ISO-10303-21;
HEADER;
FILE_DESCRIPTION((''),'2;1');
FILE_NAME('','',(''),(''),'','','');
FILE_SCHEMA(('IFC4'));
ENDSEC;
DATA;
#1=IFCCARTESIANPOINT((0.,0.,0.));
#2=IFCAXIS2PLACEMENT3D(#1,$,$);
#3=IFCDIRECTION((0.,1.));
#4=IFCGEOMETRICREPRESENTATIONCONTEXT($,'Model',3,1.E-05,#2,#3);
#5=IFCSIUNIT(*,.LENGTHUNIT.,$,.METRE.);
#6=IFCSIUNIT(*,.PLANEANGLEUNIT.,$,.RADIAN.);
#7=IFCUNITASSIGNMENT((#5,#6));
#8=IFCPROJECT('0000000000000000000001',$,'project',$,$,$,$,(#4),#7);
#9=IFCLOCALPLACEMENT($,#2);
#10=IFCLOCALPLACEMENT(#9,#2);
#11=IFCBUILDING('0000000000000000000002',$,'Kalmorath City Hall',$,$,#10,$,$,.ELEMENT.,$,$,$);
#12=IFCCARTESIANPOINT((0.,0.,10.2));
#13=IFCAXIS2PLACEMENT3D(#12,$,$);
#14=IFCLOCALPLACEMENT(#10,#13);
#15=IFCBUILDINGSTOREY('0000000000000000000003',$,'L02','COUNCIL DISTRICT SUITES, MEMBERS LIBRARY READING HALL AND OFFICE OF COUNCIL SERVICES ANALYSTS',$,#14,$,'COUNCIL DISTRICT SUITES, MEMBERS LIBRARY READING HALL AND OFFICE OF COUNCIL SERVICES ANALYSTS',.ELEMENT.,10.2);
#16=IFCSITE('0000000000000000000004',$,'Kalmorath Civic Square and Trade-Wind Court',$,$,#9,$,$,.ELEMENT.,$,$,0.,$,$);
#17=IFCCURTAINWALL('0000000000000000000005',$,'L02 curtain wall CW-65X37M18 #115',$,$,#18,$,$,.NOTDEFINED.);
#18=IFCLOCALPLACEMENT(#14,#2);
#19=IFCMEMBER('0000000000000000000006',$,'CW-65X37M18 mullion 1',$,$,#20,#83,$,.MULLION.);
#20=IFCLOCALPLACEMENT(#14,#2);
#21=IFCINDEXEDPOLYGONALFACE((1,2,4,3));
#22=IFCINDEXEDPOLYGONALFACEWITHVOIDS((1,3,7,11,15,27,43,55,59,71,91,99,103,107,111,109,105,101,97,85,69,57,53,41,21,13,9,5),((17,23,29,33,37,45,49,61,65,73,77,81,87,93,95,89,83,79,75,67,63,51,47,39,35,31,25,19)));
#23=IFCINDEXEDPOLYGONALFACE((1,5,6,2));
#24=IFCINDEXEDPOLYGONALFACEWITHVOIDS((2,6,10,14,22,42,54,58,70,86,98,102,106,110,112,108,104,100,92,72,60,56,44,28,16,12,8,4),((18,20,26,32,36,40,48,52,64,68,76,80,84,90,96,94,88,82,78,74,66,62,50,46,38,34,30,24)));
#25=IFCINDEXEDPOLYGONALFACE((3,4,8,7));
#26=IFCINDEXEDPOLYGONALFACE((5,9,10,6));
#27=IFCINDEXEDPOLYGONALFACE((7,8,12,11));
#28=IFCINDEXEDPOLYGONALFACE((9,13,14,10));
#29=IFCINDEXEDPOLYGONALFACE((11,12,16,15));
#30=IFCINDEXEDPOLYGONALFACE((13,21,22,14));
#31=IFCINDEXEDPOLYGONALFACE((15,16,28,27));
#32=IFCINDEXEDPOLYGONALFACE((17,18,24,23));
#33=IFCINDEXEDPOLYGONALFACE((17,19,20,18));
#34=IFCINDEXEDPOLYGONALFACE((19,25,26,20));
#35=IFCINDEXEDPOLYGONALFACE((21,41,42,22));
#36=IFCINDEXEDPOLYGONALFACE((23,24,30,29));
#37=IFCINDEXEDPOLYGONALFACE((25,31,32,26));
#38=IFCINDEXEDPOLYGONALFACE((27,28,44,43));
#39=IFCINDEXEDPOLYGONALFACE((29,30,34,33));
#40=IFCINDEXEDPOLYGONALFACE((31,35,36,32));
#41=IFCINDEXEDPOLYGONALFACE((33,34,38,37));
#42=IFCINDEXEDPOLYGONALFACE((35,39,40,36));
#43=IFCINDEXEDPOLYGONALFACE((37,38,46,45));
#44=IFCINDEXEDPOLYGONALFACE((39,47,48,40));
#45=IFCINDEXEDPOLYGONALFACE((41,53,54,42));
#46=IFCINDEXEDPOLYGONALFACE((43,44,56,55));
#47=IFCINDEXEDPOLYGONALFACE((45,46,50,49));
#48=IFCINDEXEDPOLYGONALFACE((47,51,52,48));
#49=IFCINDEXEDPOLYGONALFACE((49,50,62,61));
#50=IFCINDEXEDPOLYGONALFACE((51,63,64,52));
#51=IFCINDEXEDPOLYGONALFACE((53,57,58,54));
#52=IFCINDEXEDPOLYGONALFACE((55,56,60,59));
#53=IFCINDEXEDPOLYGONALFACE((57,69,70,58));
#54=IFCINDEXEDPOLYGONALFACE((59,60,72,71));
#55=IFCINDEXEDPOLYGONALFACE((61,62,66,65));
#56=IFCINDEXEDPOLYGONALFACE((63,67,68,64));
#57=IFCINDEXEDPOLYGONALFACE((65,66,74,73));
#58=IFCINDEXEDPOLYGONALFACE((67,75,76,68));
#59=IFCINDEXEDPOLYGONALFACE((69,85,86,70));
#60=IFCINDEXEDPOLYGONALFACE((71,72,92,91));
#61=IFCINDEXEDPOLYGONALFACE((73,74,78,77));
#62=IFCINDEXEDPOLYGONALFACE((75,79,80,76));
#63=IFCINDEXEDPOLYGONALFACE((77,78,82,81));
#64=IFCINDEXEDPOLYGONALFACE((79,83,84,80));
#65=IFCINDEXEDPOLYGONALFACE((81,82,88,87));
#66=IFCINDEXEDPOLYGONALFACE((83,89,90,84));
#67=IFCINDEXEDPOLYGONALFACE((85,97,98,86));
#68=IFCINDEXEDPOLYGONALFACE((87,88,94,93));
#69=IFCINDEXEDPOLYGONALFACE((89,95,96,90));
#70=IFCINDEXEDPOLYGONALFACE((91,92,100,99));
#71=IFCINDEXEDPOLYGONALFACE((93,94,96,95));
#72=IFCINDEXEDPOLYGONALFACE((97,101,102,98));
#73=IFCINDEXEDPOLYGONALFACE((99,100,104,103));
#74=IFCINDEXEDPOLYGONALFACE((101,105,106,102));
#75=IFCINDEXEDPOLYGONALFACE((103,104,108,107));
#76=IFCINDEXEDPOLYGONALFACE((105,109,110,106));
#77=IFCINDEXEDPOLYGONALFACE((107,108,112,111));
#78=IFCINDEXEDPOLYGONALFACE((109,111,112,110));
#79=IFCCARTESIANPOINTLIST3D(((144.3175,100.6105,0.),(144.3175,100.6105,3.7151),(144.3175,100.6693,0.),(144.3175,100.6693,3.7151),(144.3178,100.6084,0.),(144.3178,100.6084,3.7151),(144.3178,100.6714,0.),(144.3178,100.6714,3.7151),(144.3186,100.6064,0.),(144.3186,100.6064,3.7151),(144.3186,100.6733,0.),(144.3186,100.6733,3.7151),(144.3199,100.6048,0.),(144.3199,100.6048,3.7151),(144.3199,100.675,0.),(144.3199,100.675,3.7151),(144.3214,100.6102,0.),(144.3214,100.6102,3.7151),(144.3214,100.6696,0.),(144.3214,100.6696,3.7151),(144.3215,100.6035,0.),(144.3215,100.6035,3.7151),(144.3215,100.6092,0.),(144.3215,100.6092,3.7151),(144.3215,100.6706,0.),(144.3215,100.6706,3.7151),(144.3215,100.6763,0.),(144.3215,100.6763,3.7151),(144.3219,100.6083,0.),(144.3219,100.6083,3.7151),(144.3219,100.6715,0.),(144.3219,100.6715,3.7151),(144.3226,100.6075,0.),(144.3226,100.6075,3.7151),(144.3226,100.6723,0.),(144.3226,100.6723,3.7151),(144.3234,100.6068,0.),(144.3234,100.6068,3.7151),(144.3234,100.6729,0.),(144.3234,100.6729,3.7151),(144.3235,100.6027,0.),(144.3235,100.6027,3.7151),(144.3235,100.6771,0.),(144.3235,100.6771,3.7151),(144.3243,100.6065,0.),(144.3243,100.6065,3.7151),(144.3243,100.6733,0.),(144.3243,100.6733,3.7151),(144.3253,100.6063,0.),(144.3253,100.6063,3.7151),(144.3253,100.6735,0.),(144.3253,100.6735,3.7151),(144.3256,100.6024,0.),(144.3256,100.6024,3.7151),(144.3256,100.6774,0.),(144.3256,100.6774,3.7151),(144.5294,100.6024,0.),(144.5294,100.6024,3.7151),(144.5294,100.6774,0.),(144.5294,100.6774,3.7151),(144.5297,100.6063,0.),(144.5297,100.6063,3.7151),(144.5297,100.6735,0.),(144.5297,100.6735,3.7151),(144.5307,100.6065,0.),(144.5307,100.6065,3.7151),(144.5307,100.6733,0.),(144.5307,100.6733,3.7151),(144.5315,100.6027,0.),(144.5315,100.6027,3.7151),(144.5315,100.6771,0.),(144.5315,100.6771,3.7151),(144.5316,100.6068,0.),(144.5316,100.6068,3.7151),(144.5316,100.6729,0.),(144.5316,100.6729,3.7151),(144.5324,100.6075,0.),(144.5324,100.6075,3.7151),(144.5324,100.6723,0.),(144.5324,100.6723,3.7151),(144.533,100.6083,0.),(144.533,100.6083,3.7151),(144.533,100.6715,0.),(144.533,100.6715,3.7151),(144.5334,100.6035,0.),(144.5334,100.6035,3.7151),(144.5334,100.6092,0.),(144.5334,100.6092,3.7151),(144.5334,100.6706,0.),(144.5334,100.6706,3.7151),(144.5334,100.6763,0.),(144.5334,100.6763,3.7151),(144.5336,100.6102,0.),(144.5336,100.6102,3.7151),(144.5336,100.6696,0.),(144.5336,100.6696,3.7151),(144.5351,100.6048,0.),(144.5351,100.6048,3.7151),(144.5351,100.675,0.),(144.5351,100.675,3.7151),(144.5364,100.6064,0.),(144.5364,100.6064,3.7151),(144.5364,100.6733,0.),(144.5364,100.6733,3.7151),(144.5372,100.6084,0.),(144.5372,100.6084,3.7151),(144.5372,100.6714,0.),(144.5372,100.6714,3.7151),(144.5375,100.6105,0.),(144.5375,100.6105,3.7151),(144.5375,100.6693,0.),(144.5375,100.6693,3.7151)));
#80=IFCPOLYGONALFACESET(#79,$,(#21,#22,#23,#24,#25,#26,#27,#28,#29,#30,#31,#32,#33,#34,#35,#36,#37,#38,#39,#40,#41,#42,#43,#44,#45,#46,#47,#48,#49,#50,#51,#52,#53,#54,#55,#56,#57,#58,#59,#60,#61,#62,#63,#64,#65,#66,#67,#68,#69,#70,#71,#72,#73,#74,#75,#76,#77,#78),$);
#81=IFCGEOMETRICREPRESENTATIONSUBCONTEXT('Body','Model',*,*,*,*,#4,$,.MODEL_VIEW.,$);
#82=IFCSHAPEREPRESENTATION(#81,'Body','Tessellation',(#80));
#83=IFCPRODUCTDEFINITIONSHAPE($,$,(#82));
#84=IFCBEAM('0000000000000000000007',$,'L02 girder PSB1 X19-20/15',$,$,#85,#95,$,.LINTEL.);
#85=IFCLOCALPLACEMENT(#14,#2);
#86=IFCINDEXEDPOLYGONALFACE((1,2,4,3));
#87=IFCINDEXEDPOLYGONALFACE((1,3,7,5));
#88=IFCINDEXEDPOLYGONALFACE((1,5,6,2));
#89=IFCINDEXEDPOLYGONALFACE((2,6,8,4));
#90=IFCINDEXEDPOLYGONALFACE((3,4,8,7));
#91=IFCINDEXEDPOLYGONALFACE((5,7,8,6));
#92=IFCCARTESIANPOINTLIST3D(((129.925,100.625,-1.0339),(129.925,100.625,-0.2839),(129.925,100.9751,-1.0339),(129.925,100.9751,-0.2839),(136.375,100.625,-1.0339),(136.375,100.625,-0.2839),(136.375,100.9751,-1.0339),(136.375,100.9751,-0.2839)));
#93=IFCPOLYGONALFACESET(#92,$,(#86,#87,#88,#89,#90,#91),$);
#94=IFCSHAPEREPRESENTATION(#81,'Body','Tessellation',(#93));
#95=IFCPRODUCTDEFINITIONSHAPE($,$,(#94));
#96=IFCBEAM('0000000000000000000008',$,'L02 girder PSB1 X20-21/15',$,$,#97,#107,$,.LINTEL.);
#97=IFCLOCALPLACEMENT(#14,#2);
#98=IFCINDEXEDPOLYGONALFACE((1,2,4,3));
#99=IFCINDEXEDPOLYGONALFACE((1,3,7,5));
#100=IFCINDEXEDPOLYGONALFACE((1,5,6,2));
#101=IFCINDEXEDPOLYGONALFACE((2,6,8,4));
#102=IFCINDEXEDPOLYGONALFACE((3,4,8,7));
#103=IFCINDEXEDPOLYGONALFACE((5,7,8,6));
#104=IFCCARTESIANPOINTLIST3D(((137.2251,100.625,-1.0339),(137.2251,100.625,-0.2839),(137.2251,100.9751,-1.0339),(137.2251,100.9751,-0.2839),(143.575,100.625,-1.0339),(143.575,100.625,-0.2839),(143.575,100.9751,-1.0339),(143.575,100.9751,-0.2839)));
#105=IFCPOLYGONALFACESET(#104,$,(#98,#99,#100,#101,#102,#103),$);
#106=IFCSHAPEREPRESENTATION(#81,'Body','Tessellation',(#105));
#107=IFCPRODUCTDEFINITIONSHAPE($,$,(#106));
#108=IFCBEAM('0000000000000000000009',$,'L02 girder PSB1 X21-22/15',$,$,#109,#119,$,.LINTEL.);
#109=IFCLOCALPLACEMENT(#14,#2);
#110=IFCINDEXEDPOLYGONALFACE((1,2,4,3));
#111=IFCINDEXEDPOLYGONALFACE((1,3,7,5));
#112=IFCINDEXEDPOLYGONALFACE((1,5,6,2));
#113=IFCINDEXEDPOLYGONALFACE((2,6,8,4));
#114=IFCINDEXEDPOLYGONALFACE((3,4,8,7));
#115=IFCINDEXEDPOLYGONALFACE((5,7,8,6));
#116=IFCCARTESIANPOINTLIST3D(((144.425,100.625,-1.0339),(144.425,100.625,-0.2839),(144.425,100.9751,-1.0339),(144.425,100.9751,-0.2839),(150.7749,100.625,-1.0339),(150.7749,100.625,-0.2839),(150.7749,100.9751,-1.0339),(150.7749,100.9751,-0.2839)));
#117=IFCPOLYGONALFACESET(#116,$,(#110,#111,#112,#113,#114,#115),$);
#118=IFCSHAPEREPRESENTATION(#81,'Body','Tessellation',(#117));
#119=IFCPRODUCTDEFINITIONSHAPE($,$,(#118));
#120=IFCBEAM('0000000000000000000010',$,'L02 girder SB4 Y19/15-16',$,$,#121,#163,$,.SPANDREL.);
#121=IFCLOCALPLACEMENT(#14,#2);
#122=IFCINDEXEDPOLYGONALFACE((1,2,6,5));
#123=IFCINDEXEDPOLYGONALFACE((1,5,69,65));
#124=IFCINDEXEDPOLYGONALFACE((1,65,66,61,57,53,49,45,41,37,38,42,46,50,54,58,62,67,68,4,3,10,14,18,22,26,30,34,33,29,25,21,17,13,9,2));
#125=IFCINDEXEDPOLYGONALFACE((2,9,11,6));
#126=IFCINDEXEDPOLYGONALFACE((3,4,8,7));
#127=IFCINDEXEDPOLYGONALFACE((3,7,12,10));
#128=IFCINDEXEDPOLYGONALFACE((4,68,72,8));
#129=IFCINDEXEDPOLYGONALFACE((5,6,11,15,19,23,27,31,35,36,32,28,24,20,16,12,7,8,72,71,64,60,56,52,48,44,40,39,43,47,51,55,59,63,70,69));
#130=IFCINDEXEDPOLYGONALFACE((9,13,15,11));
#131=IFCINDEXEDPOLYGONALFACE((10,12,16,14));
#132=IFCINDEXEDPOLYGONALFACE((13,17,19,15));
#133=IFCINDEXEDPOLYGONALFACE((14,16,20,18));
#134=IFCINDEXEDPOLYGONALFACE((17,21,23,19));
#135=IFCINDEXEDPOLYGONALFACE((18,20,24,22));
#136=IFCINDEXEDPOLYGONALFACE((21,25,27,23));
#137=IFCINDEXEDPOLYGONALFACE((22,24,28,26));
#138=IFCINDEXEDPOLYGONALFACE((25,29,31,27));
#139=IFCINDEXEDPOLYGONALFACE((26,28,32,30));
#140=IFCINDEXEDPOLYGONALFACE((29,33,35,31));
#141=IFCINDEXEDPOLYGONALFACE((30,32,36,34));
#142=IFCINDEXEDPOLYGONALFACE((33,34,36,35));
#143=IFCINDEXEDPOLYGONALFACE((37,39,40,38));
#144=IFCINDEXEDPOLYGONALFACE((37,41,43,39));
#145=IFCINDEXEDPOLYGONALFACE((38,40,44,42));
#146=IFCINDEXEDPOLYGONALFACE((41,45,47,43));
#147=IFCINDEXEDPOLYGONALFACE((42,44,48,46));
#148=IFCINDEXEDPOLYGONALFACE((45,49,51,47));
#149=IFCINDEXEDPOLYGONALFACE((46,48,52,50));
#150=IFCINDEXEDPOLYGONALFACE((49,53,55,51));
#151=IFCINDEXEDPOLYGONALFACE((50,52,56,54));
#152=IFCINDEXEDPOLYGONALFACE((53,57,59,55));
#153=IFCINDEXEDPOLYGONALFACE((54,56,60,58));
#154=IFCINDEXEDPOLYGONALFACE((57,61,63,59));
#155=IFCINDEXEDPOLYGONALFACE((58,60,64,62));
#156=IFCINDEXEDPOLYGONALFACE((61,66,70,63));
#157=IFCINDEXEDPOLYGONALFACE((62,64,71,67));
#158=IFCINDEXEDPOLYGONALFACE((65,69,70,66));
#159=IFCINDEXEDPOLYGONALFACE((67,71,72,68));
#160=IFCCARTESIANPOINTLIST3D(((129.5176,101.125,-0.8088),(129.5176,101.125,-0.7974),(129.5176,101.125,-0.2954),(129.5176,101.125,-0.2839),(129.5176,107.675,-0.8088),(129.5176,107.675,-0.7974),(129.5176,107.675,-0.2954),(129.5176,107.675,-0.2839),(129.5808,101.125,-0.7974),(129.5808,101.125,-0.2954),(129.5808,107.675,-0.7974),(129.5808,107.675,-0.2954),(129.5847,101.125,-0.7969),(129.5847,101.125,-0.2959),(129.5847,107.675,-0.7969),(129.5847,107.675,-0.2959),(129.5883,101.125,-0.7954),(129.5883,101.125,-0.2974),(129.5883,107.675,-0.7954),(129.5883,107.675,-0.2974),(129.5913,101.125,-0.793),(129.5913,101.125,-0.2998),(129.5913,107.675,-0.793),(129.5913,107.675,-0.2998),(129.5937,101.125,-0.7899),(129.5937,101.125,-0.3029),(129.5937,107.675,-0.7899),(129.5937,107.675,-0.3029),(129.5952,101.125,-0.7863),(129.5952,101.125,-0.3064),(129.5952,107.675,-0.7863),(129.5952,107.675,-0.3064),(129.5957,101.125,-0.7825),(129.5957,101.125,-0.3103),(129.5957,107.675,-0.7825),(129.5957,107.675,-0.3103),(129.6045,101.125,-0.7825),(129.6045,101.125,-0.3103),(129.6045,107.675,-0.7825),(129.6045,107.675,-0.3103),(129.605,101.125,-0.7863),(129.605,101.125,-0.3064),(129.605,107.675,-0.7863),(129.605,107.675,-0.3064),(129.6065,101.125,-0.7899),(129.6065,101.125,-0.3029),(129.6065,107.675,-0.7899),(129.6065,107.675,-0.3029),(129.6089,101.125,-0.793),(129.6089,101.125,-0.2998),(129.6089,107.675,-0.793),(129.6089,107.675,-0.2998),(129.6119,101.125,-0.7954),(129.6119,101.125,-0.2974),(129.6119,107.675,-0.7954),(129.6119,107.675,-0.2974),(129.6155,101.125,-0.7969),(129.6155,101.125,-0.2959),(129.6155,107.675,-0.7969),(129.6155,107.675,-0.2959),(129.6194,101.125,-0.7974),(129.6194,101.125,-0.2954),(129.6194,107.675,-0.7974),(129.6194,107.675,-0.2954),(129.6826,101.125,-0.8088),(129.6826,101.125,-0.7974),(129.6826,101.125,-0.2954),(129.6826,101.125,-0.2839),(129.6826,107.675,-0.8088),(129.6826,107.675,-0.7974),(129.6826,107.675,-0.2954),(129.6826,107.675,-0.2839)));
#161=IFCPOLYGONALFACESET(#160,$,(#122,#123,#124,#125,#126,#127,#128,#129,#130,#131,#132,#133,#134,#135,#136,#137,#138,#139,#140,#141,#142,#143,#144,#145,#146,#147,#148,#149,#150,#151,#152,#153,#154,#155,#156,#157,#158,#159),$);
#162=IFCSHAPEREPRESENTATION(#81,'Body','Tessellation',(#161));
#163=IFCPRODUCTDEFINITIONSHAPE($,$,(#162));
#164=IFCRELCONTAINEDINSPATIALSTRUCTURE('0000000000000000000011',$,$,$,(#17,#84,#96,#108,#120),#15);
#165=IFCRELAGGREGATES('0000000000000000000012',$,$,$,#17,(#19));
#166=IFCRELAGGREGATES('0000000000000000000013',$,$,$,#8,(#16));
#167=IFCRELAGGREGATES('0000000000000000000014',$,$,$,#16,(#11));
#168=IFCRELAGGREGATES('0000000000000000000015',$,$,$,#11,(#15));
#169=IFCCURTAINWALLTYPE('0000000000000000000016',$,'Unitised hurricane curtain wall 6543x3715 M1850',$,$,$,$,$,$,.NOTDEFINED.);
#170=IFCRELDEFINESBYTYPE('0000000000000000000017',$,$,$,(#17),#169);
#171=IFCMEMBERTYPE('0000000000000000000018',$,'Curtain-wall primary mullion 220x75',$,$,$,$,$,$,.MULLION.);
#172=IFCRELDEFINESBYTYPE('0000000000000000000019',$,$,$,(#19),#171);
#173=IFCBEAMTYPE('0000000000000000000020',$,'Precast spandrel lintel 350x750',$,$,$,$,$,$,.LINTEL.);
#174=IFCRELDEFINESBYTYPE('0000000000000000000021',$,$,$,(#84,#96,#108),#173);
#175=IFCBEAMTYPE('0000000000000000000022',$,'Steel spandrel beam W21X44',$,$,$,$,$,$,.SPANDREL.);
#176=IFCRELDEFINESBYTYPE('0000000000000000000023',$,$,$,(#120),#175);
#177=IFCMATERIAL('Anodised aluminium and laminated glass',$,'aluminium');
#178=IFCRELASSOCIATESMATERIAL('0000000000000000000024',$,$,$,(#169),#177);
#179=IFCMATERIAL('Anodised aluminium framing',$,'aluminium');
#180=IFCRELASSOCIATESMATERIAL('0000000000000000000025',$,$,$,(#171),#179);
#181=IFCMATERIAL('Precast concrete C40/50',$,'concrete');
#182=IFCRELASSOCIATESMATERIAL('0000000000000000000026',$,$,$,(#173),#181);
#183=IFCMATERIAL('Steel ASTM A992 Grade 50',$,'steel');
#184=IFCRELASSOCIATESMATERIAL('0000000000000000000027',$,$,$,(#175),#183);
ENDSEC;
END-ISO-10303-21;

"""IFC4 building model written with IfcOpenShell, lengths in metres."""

from ifc_helpers import new_model, si_unit, direction, frame, origin, origin_2d, place, context, subcontext, project, spatial, rectangle, hollow_rectangle, i_section, extrude, material, material_profile, profile_set, type_object, element, aggregate, save


model = new_model("IFC4")

# Units and contexts
model_context = context("Model", 3, precision=1e-05, world=origin(), true_north=direction((0.0, 1.0)))
body_context = subcontext(model_context, "Body", "Model", "MODEL_VIEW")
ifc_project = project(units=[si_unit("LENGTHUNIT", "METRE"), si_unit("PLANEANGLEUNIT", "RADIAN")], contexts=[model_context])

# Site, building, storey
site_placement = place(None, origin())
site = spatial("IfcSite", under=ifc_project, at=site_placement, Name="Kalmorath Civic Square and Trade-Wind Court", CompositionType="ELEMENT", RefElevation=0.0)
building_placement = place(site_placement, origin())
building = spatial("IfcBuilding", under=site, at=building_placement, Name="Kalmorath City Hall", CompositionType="ELEMENT")
storey_placement = place(building_placement, frame((0.0, 0.0, 10.2)))
storey = spatial("IfcBuildingStorey", under=building, at=storey_placement, Name="L02", Description="COUNCIL DISTRICT SUITES, MEMBERS LIBRARY READING HALL AND OFFICE OF COUNCIL SERVICES ANALYSTS", LongName="COUNCIL DISTRICT SUITES, MEMBERS LIBRARY READING HALL AND OFFICE OF COUNCIL SERVICES ANALYSTS", CompositionType="ELEMENT", Elevation=10.2)

# Curtain wall, member
ifc_material_1 = material(Name="Anodised aluminium and laminated glass", Category="aluminium")
curtain_wall_type = type_object("IfcCurtainWallType", Name="Unitised hurricane curtain wall 6543x3715 M1850", PredefinedType="NOTDEFINED", material=ifc_material_1)
curtain_wall_placement = place(storey_placement, origin())
curtain_wall = element("IfcCurtainWall", 1, at=curtain_wall_placement, inside=storey, type_object=curtain_wall_type, Name="L02 curtain wall CW-65X37M18 #115", PredefinedType="NOTDEFINED")
ifc_material_2 = material(Name="Anodised aluminium framing", Category="aluminium")
ifc_material_profile_1 = material_profile(ifc_material_2, hollow_rectangle(XDim=0.075, YDim=0.22, WallThickness=0.0039, InnerFilletRadius=0.0039, OuterFilletRadius=0.0081, at=origin_2d()), Name="ALU-MUL-220X75X4")
ifc_profile_set_1 = profile_set([ifc_material_profile_1], Name="Anodised aluminium framing")
member_type_1 = type_object("IfcMemberType", Name="Curtain-wall primary mullion 220x75", PredefinedType="MULLION", material=ifc_profile_set_1)
member_1_placement = place(storey_placement, frame((144.4275, 100.6399, 0.0), z_axis=(0.0, 0.0, 1.0), x_axis=(0.0, 1.0, 0.0)))
member_1 = element("IfcMember", 2, at=member_1_placement, type_object=member_type_1, Name="CW-65X37M18 mullion 1", PredefinedType="MULLION", context=body_context, shape_type="SweptSolid", body=[
    extrude(hollow_rectangle(XDim=0.075, YDim=0.22, WallThickness=0.0039, InnerFilletRadius=0.0039, OuterFilletRadius=0.0081, at=origin_2d()), origin(), (0.0, 0.0, 1.0), 3.7151),
])

# Beams
ifc_material_3 = material(Name="Precast concrete C40/50", Category="concrete")
ifc_material_profile_2 = material_profile(ifc_material_3, rectangle(XDim=0.3501, YDim=0.75, at=origin_2d()), Name="PC-SP-350X750")
ifc_profile_set_2 = profile_set([ifc_material_profile_2], Name="Precast concrete C40/50")
beam_type_1 = type_object("IfcBeamType", Name="Precast spandrel lintel 350x750", PredefinedType="LINTEL", material=ifc_profile_set_2)
beam_placement = place(storey_placement, frame((129.925, 100.8, -0.6589), z_axis=(1.0, 0.0, 0.0), x_axis=(0.0, 1.0, 0.0)))
element("IfcBeam", 3, at=beam_placement, inside=storey, type_object=beam_type_1, Name="L02 girder PSB1 X19-20/15", PredefinedType="LINTEL", context=body_context, shape_type="SweptSolid", body=[
    extrude(rectangle(XDim=0.3501, YDim=0.75, at=origin_2d()), origin(), (0.0, 0.0, 1.0), 6.45),
])
for number, where, z_axis, x_axis, name in (
    (4, (137.2251, 100.8, -0.6589), (1.0, 0.0, 0.0), (0.0, 1.0, 0.0), "L02 girder PSB1 X20-21/15"),
    (5, (144.425, 100.8, -0.6589), (1.0, 0.0, 0.0), (0.0, 1.0, 0.0), "L02 girder PSB1 X21-22/15"),
):
    element("IfcBeam", number, at=place(storey_placement, frame(where, z_axis=z_axis, x_axis=x_axis)), inside=storey, type_object=beam_type_1, Name=name, PredefinedType="LINTEL", context=body_context, shape_type="SweptSolid", body=[
        extrude(rectangle(XDim=0.3501, YDim=0.75, at=origin_2d()), origin(), (0.0, 0.0, 1.0), 6.3499),
    ])
ifc_material_4 = material(Name="Steel ASTM A992 Grade 50", Category="steel")
ifc_material_profile_3 = material_profile(ifc_material_4, i_section(OverallWidth=0.165, OverallDepth=0.5249, WebThickness=0.0088, FlangeThickness=0.0115, FilletRadius=0.0149, at=origin_2d()), Name="W21X44")
ifc_profile_set_3 = profile_set([ifc_material_profile_3], Name="Steel ASTM A992 Grade 50")
beam_type_2 = type_object("IfcBeamType", Name="Steel spandrel beam W21X44", PredefinedType="SPANDREL", material=ifc_profile_set_3)
for number, where, z_axis, x_axis, name in (
    (6, (129.6001, 101.125, -0.5464), (0.0, 1.0, 0.0), (-1.0, 0.0, 0.0), "L02 girder SB4 Y19/15-16"),
):
    element("IfcBeam", number, at=place(storey_placement, frame(where, z_axis=z_axis, x_axis=x_axis)), inside=storey, type_object=beam_type_2, Name=name, PredefinedType="SPANDREL", context=body_context, shape_type="SweptSolid", body=[
        extrude(i_section(OverallWidth=0.165, OverallDepth=0.5249, WebThickness=0.0088, FlangeThickness=0.0115, FilletRadius=0.0149, at=origin_2d()), origin(), (0.0, 0.0, 1.0), 6.55),
    ])

aggregate(curtain_wall, [member_1])

save(model, "model.ifc")
